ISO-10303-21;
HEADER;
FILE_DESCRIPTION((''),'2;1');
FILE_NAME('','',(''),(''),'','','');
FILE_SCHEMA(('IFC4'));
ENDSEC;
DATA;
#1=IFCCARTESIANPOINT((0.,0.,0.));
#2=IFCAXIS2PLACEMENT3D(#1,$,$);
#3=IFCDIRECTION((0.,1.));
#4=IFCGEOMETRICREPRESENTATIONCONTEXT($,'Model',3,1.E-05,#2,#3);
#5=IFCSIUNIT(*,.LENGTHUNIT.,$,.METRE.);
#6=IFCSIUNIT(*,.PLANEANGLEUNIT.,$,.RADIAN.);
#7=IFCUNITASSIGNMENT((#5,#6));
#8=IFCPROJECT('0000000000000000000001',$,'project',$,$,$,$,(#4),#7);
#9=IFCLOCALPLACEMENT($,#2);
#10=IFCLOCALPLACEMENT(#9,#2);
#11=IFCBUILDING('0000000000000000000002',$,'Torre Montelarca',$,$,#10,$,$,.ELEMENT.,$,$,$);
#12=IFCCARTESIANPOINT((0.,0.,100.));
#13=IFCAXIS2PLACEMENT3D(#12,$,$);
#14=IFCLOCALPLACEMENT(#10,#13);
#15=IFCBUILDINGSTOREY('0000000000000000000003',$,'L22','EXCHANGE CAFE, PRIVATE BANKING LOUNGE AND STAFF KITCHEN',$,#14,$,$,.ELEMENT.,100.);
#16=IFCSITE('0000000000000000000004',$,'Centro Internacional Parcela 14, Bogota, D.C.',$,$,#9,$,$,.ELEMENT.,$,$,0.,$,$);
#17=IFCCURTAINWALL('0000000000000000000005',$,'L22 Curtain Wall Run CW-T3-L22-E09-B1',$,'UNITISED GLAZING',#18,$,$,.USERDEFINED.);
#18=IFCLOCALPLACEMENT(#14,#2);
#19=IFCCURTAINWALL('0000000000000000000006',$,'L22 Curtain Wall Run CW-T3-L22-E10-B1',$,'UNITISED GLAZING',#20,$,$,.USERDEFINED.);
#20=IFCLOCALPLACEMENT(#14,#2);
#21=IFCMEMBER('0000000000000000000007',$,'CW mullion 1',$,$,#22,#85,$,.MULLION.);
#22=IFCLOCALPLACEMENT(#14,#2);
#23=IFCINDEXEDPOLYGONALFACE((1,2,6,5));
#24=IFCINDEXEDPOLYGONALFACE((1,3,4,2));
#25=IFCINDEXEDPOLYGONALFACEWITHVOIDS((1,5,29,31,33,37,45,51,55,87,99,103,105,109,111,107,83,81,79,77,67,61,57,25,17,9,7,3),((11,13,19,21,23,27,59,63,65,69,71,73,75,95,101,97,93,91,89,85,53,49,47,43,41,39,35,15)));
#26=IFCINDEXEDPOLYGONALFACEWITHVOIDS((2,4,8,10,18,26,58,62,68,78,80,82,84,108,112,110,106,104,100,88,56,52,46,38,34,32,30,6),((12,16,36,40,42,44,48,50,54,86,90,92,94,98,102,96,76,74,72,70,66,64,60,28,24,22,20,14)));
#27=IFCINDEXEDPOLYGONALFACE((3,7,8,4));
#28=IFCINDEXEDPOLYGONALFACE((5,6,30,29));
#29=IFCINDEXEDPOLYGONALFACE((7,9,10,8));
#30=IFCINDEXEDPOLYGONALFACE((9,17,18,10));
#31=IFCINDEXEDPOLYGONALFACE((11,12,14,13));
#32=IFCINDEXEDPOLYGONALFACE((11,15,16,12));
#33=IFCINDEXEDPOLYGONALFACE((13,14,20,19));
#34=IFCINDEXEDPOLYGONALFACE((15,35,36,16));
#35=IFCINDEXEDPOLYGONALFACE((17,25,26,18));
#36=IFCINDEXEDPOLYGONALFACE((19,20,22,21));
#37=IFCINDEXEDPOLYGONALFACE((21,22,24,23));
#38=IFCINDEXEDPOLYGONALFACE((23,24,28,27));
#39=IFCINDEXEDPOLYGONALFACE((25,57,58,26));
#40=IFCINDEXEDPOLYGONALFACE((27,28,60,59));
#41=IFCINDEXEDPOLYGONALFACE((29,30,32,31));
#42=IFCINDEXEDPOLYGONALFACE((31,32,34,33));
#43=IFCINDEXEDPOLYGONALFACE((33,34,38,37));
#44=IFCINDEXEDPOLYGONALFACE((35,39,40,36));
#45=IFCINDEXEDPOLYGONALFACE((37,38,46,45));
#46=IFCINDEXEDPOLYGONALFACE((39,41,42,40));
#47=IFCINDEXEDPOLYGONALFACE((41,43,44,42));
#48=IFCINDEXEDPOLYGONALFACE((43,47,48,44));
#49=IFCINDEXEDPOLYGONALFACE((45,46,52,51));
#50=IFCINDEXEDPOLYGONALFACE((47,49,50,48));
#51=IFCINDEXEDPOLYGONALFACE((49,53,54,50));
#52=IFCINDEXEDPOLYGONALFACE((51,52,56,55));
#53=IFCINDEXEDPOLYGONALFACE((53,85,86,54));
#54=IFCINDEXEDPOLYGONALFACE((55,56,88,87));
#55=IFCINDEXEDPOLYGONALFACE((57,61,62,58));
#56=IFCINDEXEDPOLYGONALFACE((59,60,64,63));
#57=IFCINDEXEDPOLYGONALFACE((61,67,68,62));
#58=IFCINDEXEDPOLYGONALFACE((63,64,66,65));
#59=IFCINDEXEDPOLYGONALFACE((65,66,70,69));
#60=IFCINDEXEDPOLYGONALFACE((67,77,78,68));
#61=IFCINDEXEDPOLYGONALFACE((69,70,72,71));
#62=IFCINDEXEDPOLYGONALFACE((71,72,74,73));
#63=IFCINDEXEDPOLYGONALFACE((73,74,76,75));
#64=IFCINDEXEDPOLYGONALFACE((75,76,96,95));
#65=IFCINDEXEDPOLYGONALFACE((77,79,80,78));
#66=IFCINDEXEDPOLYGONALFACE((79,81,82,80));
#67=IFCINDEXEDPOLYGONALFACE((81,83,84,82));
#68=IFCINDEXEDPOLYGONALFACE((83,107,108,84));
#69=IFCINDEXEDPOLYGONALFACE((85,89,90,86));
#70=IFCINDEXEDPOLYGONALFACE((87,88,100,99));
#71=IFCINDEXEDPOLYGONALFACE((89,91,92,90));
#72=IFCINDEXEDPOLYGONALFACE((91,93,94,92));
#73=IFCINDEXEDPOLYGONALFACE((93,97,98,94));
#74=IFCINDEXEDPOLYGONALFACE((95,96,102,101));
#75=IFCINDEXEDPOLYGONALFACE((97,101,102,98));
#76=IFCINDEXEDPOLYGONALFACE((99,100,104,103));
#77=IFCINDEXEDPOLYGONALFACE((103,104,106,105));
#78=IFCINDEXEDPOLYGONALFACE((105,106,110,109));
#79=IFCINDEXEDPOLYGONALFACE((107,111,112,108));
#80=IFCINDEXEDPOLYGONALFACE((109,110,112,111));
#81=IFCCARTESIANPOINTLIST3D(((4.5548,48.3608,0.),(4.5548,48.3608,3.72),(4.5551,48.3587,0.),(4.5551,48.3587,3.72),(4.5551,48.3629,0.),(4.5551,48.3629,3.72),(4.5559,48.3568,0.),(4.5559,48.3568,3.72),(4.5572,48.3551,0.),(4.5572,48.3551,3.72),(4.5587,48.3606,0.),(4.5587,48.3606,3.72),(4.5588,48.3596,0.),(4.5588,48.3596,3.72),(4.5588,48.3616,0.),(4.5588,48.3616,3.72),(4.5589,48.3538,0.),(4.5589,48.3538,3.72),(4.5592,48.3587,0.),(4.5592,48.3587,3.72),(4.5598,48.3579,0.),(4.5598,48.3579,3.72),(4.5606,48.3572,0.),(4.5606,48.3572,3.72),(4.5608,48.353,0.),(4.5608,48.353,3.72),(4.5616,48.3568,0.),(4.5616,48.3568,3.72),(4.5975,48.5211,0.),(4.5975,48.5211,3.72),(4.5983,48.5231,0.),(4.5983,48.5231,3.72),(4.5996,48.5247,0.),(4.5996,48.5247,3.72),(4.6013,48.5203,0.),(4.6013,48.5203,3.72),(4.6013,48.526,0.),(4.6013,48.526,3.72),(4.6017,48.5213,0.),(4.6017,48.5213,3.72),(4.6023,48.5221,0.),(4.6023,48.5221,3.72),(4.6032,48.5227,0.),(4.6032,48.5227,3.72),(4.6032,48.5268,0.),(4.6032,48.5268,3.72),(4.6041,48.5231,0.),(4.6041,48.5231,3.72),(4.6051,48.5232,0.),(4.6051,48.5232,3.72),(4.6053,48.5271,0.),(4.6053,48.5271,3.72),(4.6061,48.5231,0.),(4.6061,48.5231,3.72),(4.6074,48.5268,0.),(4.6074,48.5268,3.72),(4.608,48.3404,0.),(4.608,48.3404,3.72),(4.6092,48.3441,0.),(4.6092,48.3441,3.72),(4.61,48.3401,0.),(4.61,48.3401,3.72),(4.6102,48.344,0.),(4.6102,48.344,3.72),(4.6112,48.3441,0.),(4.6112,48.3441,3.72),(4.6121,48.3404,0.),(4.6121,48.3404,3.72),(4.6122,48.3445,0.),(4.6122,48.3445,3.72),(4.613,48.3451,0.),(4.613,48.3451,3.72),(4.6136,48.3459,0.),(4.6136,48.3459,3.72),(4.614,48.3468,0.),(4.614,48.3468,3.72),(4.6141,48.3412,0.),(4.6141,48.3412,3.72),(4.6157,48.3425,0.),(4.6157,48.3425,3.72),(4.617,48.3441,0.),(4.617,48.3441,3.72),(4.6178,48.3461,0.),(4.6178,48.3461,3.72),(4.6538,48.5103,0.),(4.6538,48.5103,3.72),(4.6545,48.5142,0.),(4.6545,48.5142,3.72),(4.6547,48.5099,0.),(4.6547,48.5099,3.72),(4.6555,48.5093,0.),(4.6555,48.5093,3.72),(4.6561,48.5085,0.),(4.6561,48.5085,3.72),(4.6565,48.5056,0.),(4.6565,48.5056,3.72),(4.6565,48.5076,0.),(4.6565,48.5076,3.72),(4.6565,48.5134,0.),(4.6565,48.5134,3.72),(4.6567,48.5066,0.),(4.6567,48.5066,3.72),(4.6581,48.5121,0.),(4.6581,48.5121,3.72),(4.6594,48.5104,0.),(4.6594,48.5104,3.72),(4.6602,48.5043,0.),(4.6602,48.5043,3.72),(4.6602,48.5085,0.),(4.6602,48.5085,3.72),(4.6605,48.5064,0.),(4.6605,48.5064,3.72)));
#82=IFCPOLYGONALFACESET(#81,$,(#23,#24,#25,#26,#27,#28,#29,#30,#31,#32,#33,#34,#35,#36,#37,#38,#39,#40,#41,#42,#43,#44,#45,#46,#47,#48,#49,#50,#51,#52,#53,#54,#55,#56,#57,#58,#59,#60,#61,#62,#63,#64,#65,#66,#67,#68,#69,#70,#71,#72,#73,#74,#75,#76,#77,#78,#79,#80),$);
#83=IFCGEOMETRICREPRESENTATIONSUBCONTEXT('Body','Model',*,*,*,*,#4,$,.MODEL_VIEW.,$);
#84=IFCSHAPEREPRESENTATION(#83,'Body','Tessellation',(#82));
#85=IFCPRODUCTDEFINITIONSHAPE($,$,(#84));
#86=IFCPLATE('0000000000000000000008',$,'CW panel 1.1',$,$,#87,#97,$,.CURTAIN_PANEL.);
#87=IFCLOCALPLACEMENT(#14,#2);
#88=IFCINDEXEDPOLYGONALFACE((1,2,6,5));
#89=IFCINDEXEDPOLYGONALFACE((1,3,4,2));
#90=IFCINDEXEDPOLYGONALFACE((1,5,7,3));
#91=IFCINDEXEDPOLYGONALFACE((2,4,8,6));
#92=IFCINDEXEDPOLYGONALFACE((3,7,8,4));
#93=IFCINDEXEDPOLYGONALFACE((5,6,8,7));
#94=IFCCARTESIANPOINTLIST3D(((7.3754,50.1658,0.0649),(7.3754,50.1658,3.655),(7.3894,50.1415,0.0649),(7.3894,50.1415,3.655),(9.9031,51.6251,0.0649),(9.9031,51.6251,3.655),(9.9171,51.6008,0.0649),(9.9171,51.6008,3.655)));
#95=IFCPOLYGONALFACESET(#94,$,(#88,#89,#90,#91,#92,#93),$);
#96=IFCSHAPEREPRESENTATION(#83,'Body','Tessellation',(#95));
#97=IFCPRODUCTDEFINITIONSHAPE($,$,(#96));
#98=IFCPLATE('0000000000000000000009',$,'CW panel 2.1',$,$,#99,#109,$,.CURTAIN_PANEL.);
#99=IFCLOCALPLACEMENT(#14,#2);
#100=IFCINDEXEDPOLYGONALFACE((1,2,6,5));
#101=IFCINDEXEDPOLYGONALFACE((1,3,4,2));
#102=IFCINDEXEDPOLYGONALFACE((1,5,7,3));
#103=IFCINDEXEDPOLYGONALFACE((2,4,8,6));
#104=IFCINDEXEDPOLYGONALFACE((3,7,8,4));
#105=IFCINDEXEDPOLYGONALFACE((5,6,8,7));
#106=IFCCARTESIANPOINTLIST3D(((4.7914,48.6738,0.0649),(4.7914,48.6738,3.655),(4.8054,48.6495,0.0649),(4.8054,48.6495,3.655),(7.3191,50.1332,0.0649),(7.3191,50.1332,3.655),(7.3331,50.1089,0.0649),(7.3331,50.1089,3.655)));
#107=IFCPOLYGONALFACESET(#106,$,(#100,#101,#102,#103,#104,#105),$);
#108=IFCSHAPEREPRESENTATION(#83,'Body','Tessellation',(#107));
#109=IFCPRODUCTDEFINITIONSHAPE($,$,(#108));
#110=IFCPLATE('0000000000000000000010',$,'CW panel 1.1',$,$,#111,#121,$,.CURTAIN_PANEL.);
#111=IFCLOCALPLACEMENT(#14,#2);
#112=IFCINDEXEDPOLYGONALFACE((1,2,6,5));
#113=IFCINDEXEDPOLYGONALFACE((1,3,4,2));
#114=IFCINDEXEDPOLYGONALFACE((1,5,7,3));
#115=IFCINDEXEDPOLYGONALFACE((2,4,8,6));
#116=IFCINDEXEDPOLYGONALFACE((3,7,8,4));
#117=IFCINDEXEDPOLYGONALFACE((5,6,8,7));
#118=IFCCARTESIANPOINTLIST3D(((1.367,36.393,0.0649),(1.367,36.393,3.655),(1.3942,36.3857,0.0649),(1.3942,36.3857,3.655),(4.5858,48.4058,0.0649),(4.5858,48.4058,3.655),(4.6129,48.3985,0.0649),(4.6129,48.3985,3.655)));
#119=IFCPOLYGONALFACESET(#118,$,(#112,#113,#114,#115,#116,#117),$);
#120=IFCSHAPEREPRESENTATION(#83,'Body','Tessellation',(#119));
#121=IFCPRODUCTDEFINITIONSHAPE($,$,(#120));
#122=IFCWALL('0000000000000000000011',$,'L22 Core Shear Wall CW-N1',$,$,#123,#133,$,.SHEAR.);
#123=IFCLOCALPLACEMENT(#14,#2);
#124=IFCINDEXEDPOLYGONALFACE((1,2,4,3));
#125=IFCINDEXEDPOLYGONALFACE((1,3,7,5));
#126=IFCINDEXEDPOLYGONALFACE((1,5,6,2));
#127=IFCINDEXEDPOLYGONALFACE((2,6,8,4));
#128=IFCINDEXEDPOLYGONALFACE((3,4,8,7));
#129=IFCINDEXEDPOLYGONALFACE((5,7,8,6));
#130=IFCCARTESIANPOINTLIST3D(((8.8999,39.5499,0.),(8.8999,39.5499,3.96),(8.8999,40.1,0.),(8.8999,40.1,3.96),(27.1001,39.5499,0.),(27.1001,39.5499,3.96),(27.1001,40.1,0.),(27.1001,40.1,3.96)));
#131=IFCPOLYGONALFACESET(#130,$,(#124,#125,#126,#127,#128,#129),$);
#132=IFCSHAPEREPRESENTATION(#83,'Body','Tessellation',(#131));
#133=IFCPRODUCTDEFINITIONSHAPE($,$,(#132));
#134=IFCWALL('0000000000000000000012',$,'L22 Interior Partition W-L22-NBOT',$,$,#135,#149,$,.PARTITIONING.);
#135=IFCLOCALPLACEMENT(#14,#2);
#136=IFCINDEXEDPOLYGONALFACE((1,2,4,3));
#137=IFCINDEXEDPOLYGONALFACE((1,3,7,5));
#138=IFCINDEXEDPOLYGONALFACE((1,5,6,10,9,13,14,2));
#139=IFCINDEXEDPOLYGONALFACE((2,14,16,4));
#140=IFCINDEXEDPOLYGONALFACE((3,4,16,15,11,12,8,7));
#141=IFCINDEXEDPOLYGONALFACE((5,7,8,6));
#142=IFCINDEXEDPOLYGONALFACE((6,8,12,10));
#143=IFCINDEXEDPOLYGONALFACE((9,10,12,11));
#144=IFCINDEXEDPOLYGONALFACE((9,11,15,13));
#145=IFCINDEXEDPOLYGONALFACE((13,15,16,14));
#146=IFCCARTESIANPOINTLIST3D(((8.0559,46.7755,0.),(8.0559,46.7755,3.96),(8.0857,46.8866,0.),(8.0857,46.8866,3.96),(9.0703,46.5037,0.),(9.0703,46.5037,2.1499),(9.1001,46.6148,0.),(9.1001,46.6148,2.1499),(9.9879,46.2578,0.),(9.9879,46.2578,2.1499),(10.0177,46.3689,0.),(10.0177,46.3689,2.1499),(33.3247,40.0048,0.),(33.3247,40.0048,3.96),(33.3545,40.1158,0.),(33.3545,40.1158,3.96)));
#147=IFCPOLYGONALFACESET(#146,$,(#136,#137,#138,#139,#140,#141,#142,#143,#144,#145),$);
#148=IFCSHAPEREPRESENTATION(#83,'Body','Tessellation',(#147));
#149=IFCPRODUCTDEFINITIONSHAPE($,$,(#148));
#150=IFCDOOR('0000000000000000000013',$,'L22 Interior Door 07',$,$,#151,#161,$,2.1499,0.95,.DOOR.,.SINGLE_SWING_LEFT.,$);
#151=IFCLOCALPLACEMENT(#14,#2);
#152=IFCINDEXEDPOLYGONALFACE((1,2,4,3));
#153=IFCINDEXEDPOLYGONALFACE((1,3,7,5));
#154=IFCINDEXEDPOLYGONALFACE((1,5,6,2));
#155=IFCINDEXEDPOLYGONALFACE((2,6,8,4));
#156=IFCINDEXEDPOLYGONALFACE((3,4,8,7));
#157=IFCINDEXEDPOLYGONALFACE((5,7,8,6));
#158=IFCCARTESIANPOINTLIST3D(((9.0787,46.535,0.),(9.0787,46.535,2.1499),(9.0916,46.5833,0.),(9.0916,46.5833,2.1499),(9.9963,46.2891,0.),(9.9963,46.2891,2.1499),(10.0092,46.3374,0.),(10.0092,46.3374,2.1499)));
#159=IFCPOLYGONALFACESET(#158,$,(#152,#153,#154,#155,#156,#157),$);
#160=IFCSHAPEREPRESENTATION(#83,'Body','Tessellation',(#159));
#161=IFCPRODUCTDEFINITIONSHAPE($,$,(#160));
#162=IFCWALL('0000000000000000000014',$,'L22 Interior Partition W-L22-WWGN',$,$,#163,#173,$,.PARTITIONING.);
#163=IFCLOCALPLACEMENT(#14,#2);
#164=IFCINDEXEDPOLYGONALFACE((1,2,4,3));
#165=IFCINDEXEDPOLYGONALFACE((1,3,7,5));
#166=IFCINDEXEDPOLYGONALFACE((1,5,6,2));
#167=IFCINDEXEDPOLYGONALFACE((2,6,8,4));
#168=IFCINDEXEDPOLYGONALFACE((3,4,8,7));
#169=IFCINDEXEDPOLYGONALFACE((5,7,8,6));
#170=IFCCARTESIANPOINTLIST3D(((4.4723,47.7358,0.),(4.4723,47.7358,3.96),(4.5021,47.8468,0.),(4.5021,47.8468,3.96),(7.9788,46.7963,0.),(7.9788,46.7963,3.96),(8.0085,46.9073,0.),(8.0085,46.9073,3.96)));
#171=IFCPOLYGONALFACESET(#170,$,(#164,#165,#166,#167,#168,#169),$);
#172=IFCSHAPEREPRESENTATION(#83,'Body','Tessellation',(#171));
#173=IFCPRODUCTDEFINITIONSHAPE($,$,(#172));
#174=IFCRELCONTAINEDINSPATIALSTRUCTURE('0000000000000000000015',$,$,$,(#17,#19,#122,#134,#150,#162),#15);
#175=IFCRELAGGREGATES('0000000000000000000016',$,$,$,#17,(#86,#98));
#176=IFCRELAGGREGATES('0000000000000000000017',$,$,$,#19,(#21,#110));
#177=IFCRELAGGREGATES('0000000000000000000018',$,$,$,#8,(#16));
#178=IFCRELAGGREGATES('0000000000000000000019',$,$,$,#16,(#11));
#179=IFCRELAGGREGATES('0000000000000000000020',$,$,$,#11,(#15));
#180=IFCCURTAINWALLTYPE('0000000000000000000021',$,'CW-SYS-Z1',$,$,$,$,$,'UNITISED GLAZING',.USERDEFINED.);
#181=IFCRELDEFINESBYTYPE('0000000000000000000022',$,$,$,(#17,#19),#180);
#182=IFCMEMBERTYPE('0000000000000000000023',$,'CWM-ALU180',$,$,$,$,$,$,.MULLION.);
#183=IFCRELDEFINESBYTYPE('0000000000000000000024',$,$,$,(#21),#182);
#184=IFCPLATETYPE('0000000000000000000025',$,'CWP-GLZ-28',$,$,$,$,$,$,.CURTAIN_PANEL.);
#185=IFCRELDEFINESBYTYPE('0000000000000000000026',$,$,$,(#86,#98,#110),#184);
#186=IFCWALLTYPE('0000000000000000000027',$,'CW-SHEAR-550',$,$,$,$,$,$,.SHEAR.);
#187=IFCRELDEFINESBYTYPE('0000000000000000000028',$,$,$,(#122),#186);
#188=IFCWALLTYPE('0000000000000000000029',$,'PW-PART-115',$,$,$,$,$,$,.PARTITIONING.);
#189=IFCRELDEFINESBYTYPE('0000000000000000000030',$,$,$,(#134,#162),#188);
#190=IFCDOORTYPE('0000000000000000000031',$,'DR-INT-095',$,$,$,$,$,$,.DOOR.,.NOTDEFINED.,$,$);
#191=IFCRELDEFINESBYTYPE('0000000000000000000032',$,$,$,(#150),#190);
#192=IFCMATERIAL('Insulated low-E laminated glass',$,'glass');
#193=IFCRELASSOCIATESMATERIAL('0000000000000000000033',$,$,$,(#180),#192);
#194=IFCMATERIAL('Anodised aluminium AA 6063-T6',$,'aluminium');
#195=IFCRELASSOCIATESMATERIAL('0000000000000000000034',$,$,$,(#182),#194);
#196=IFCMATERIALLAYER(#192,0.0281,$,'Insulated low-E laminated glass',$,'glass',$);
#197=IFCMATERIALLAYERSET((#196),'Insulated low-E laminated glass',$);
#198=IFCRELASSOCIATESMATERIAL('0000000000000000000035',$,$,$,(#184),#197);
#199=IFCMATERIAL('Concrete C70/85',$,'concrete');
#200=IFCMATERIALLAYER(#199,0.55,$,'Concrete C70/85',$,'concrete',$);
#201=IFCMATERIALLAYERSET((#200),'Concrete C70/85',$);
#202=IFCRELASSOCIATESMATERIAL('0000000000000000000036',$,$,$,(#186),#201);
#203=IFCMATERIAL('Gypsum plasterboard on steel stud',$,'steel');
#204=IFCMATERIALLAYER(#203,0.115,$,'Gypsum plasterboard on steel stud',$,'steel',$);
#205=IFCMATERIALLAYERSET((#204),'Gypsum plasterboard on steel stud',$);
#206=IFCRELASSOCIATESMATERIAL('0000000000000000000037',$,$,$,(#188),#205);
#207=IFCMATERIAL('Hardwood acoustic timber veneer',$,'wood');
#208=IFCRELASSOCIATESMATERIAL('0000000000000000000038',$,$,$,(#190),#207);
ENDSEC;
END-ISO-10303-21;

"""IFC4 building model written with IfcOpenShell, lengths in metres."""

from ifc_helpers import new_model, si_unit, direction, frame, frame_2d, origin, origin_2d, place, context, subcontext, project, spatial, rectangle, hollow_rectangle, extrude, source, transform, mapped, material, layer, layer_set, material_profile, profile_set, type_object, element, fill, aggregate, save


model = new_model("IFC4")

# Units and contexts
model_context = context("Model", 3, precision=1e-05, world=origin(), true_north=direction((0.0, 1.0)))
body_context = subcontext(model_context, "Body", "Model", "MODEL_VIEW")
ifc_project = project(units=[si_unit("LENGTHUNIT", "METRE"), si_unit("PLANEANGLEUNIT", "RADIAN")], contexts=[model_context])

# Site, building, storey
site_placement = place(None, origin())
site = spatial("IfcSite", under=ifc_project, at=site_placement, Name="Centro Internacional Parcela 14, Bogota, D.C.", CompositionType="ELEMENT", RefElevation=0.0)
building_placement = place(site_placement, origin())
building = spatial("IfcBuilding", under=site, at=building_placement, Name="Torre Montelarca", CompositionType="ELEMENT")
storey_placement = place(building_placement, frame((0.0, 0.0, 100.0)))
storey = spatial("IfcBuildingStorey", under=building, at=storey_placement, Name="L22", Description="EXCHANGE CAFE, PRIVATE BANKING LOUNGE AND STAFF KITCHEN", CompositionType="ELEMENT", Elevation=100.0)

# Curtain walls
ifc_material_1 = material(Name="Insulated low-E laminated glass", Category="glass")
curtain_wall_type = type_object("IfcCurtainWallType", Name="CW-SYS-Z1", ElementType="UNITISED GLAZING", PredefinedType="USERDEFINED", material=ifc_material_1)
curtain_wall_1_placement = place(storey_placement, origin())
curtain_wall_1 = element("IfcCurtainWall", 1, at=curtain_wall_1_placement, inside=storey, type_object=curtain_wall_type, Name="L22 Curtain Wall Run CW-T3-L22-E09-B1", ObjectType="UNITISED GLAZING", PredefinedType="USERDEFINED")
ifc_material_2 = material(Name="Anodised aluminium AA 6063-T6", Category="aluminium")
curtain_wall_2_placement = place(storey_placement, origin())
curtain_wall_2 = element("IfcCurtainWall", 2, at=curtain_wall_2_placement, inside=storey, type_object=curtain_wall_type, Name="L22 Curtain Wall Run CW-T3-L22-E10-B1", ObjectType="UNITISED GLAZING", PredefinedType="USERDEFINED")

# Member
ifc_material_profile_1 = material_profile(ifc_material_2, hollow_rectangle(XDim=0.0649, YDim=0.1799, WallThickness=0.0039, InnerFilletRadius=0.0039, OuterFilletRadius=0.0081, at=origin_2d()), Name="ALU65X180X4", Category="aluminium")
ifc_profile_set_1 = profile_set([ifc_material_profile_1], Name="Anodised aluminium AA 6063-T6")
member_type_1 = type_object("IfcMemberType", Name="CWM-ALU180", PredefinedType="MULLION", material=ifc_profile_set_1)
shared_shape_1 = source(origin(), body_context, "Body", "SweptSolid", [
    extrude(hollow_rectangle(XDim=0.0649, YDim=0.1799, WallThickness=0.0039, InnerFilletRadius=0.0039, OuterFilletRadius=0.0081, at=origin_2d()), origin(), (0.0, 0.0, 1.0), 3.72),
])
member_1_placement = place(storey_placement, frame((4.6077, 48.4336, 0.0), z_axis=(0.0, 0.0, 1.0), x_axis=(0.965926, -0.258818, 0.0)))
member_1 = element("IfcMember", 3, at=member_1_placement, type_object=member_type_1, Name="CW mullion 1", PredefinedType="MULLION", context=body_context, shape_type="MappedRepresentation", body=[
    mapped(shared_shape_1, transform((0.0, 0.0, 0.0), scale=1.0)),
])

# Plates
ifc_layer_1 = layer(ifc_material_1, 0.0281, Name="Insulated low-E laminated glass", Category="glass")
ifc_layer_set_1 = layer_set([ifc_layer_1], Name="Insulated low-E laminated glass")
plate_type = type_object("IfcPlateType", Name="CWP-GLZ-28", PredefinedType="CURTAIN_PANEL", material=ifc_layer_set_1)
shared_shape_2 = source(origin(), body_context, "Body", "SweptSolid", [
    extrude(rectangle(XDim=2.9187, YDim=0.0281, at=origin_2d()), origin(), (0.0, 0.0, 1.0), 3.5901),
])
plate_1_placement = place(storey_placement, frame((8.6462, 50.8833, 0.0649), z_axis=(0.0, 0.0, 1.0), x_axis=(-0.866025, -0.500001, 0.0)))
plate_1 = element("IfcPlate", 4, at=plate_1_placement, type_object=plate_type, Name="CW panel 1.1", PredefinedType="CURTAIN_PANEL", context=body_context, shape_type="MappedRepresentation", body=[
    mapped(shared_shape_2, transform((0.0, 0.0, 0.0), scale=1.0)),
])
plate_2_placement = place(storey_placement, frame((6.0623, 49.3914, 0.0649), z_axis=(0.0, 0.0, 1.0), x_axis=(-0.866025, -0.500001, 0.0)))
plate_2 = element("IfcPlate", 5, at=plate_2_placement, type_object=plate_type, Name="CW panel 2.1", PredefinedType="CURTAIN_PANEL", context=body_context, shape_type="MappedRepresentation", body=[
    mapped(shared_shape_2, transform((0.0, 0.0, 0.0), scale=1.0)),
])
aggregate(curtain_wall_1, [plate_1, plate_2])
shared_shape_3 = source(origin(), body_context, "Body", "SweptSolid", [
    extrude(rectangle(XDim=12.4365, YDim=0.0281, at=origin_2d()), origin(), (0.0, 0.0, 1.0), 3.5901),
])
plate_3_placement = place(storey_placement, frame((2.99, 42.3958, 0.0649), z_axis=(0.0, 0.0, 1.0), x_axis=(-0.258818, -0.965926, 0.0)))
plate_3 = element("IfcPlate", 6, at=plate_3_placement, type_object=plate_type, Name="CW panel 1.1", PredefinedType="CURTAIN_PANEL", context=body_context, shape_type="MappedRepresentation", body=[
    mapped(shared_shape_3, transform((0.0, 0.0, 0.0), scale=1.0)),
])
aggregate(curtain_wall_2, [member_1, plate_3])

# Wall
ifc_material_3 = material(Name="Concrete C70/85", Category="concrete")
ifc_layer_2 = layer(ifc_material_3, 0.55, Name="Concrete C70/85", Category="concrete")
ifc_layer_set_2 = layer_set([ifc_layer_2], Name="Concrete C70/85")
wall_type_1 = type_object("IfcWallType", Name="CW-SHEAR-550", PredefinedType="SHEAR", material=ifc_layer_set_2)
wall_1_placement = place(storey_placement, frame((8.8999, 39.825, 0.0), z_axis=(0.0, 0.0, 1.0), x_axis=(1.0, 0.0, 0.0)))
element("IfcWall", 7, at=wall_1_placement, inside=storey, type_object=wall_type_1, Name="L22 Core Shear Wall CW-N1", PredefinedType="SHEAR", context=body_context, shape_type="SweptSolid", body=[
    extrude(rectangle(XDim=18.2002, YDim=0.55, at=frame_2d((9.1001, 0.0))), origin(), (0.0, 0.0, 1.0), 3.96),
])

# Wall, opening, door
ifc_material_4 = material(Name="Gypsum plasterboard on steel stud", Category="steel")
ifc_layer_3 = layer(ifc_material_4, 0.115, Name="Gypsum plasterboard on steel stud", Category="steel")
ifc_layer_set_3 = layer_set([ifc_layer_3], Name="Gypsum plasterboard on steel stud")
wall_type_2 = type_object("IfcWallType", Name="PW-PART-115", PredefinedType="PARTITIONING", material=ifc_layer_set_3)
wall_2_placement = place(storey_placement, frame((8.0708, 46.8311, 0.0), z_axis=(0.0, 0.0, 1.0), x_axis=(0.965926, -0.258819, 0.0)))
wall_2 = element("IfcWall", 8, at=wall_2_placement, inside=storey, type_object=wall_type_2, Name="L22 Interior Partition W-L22-NBOT", PredefinedType="PARTITIONING", context=body_context, shape_type="SweptSolid", body=[
    extrude(rectangle(XDim=26.1602, YDim=0.115, at=frame_2d((13.0801, 0.0))), origin(), (0.0, 0.0, 1.0), 3.96),
])
opening_placement = place(wall_2_placement, frame((1.05, 0.0, 0.0)))
opening = element("IfcOpeningElement", 9, at=opening_placement, cuts=wall_2, PredefinedType="OPENING", context=body_context, shape_type="SweptSolid", body=[
    extrude(rectangle(XDim=0.95, YDim=2.1499, at=frame_2d((0.4751, 1.075))), frame((0.0, 0.0674, 0.0), z_axis=(0.0, -1.0, 0.0), x_axis=(1.0, 0.0, 0.0)), (0.0, 0.0, 1.0), 0.135),
])
ifc_material_5 = material(Name="Hardwood acoustic timber veneer", Category="wood")
door_type = type_object("IfcDoorType", Name="DR-INT-095", OperationType="NOTDEFINED", PredefinedType="DOOR", material=ifc_material_5)
shared_shape_4 = source(origin(), body_context, "Body", "SweptSolid", [
    extrude(rectangle(XDim=0.95, YDim=2.1499, at=frame_2d((0.4751, 1.075))), frame((0.0, 0.0249, 0.0), z_axis=(0.0, -1.0, 0.0), x_axis=(1.0, 0.0, 0.0)), (0.0, 0.0, 1.0), 0.05),
])
door_placement = place(opening_placement, origin())
door = element("IfcDoor", 10, at=door_placement, inside=storey, type_object=door_type, Name="L22 Interior Door 07", OperationType="SINGLE_SWING_LEFT", OverallHeight=2.1499, OverallWidth=0.95, PredefinedType="DOOR", context=body_context, shape_type="MappedRepresentation", body=[
    mapped(shared_shape_4, transform((0.0, 0.0, 0.0), scale=1.0)),
])
fill(opening, door)

# Wall
wall_3_placement = place(storey_placement, frame((4.4873, 47.7913, 0.0), z_axis=(0.0, 0.0, 1.0), x_axis=(0.965931, -0.258801, 0.0)))
element("IfcWall", 11, at=wall_3_placement, inside=storey, type_object=wall_type_2, Name="L22 Interior Partition W-L22-WWGN", PredefinedType="PARTITIONING", context=body_context, shape_type="SweptSolid", body=[
    extrude(rectangle(XDim=3.6301, YDim=0.115, at=frame_2d((1.8149, 0.0))), origin(), (0.0, 0.0, 1.0), 3.96),
])

save(model, "model.ifc")
